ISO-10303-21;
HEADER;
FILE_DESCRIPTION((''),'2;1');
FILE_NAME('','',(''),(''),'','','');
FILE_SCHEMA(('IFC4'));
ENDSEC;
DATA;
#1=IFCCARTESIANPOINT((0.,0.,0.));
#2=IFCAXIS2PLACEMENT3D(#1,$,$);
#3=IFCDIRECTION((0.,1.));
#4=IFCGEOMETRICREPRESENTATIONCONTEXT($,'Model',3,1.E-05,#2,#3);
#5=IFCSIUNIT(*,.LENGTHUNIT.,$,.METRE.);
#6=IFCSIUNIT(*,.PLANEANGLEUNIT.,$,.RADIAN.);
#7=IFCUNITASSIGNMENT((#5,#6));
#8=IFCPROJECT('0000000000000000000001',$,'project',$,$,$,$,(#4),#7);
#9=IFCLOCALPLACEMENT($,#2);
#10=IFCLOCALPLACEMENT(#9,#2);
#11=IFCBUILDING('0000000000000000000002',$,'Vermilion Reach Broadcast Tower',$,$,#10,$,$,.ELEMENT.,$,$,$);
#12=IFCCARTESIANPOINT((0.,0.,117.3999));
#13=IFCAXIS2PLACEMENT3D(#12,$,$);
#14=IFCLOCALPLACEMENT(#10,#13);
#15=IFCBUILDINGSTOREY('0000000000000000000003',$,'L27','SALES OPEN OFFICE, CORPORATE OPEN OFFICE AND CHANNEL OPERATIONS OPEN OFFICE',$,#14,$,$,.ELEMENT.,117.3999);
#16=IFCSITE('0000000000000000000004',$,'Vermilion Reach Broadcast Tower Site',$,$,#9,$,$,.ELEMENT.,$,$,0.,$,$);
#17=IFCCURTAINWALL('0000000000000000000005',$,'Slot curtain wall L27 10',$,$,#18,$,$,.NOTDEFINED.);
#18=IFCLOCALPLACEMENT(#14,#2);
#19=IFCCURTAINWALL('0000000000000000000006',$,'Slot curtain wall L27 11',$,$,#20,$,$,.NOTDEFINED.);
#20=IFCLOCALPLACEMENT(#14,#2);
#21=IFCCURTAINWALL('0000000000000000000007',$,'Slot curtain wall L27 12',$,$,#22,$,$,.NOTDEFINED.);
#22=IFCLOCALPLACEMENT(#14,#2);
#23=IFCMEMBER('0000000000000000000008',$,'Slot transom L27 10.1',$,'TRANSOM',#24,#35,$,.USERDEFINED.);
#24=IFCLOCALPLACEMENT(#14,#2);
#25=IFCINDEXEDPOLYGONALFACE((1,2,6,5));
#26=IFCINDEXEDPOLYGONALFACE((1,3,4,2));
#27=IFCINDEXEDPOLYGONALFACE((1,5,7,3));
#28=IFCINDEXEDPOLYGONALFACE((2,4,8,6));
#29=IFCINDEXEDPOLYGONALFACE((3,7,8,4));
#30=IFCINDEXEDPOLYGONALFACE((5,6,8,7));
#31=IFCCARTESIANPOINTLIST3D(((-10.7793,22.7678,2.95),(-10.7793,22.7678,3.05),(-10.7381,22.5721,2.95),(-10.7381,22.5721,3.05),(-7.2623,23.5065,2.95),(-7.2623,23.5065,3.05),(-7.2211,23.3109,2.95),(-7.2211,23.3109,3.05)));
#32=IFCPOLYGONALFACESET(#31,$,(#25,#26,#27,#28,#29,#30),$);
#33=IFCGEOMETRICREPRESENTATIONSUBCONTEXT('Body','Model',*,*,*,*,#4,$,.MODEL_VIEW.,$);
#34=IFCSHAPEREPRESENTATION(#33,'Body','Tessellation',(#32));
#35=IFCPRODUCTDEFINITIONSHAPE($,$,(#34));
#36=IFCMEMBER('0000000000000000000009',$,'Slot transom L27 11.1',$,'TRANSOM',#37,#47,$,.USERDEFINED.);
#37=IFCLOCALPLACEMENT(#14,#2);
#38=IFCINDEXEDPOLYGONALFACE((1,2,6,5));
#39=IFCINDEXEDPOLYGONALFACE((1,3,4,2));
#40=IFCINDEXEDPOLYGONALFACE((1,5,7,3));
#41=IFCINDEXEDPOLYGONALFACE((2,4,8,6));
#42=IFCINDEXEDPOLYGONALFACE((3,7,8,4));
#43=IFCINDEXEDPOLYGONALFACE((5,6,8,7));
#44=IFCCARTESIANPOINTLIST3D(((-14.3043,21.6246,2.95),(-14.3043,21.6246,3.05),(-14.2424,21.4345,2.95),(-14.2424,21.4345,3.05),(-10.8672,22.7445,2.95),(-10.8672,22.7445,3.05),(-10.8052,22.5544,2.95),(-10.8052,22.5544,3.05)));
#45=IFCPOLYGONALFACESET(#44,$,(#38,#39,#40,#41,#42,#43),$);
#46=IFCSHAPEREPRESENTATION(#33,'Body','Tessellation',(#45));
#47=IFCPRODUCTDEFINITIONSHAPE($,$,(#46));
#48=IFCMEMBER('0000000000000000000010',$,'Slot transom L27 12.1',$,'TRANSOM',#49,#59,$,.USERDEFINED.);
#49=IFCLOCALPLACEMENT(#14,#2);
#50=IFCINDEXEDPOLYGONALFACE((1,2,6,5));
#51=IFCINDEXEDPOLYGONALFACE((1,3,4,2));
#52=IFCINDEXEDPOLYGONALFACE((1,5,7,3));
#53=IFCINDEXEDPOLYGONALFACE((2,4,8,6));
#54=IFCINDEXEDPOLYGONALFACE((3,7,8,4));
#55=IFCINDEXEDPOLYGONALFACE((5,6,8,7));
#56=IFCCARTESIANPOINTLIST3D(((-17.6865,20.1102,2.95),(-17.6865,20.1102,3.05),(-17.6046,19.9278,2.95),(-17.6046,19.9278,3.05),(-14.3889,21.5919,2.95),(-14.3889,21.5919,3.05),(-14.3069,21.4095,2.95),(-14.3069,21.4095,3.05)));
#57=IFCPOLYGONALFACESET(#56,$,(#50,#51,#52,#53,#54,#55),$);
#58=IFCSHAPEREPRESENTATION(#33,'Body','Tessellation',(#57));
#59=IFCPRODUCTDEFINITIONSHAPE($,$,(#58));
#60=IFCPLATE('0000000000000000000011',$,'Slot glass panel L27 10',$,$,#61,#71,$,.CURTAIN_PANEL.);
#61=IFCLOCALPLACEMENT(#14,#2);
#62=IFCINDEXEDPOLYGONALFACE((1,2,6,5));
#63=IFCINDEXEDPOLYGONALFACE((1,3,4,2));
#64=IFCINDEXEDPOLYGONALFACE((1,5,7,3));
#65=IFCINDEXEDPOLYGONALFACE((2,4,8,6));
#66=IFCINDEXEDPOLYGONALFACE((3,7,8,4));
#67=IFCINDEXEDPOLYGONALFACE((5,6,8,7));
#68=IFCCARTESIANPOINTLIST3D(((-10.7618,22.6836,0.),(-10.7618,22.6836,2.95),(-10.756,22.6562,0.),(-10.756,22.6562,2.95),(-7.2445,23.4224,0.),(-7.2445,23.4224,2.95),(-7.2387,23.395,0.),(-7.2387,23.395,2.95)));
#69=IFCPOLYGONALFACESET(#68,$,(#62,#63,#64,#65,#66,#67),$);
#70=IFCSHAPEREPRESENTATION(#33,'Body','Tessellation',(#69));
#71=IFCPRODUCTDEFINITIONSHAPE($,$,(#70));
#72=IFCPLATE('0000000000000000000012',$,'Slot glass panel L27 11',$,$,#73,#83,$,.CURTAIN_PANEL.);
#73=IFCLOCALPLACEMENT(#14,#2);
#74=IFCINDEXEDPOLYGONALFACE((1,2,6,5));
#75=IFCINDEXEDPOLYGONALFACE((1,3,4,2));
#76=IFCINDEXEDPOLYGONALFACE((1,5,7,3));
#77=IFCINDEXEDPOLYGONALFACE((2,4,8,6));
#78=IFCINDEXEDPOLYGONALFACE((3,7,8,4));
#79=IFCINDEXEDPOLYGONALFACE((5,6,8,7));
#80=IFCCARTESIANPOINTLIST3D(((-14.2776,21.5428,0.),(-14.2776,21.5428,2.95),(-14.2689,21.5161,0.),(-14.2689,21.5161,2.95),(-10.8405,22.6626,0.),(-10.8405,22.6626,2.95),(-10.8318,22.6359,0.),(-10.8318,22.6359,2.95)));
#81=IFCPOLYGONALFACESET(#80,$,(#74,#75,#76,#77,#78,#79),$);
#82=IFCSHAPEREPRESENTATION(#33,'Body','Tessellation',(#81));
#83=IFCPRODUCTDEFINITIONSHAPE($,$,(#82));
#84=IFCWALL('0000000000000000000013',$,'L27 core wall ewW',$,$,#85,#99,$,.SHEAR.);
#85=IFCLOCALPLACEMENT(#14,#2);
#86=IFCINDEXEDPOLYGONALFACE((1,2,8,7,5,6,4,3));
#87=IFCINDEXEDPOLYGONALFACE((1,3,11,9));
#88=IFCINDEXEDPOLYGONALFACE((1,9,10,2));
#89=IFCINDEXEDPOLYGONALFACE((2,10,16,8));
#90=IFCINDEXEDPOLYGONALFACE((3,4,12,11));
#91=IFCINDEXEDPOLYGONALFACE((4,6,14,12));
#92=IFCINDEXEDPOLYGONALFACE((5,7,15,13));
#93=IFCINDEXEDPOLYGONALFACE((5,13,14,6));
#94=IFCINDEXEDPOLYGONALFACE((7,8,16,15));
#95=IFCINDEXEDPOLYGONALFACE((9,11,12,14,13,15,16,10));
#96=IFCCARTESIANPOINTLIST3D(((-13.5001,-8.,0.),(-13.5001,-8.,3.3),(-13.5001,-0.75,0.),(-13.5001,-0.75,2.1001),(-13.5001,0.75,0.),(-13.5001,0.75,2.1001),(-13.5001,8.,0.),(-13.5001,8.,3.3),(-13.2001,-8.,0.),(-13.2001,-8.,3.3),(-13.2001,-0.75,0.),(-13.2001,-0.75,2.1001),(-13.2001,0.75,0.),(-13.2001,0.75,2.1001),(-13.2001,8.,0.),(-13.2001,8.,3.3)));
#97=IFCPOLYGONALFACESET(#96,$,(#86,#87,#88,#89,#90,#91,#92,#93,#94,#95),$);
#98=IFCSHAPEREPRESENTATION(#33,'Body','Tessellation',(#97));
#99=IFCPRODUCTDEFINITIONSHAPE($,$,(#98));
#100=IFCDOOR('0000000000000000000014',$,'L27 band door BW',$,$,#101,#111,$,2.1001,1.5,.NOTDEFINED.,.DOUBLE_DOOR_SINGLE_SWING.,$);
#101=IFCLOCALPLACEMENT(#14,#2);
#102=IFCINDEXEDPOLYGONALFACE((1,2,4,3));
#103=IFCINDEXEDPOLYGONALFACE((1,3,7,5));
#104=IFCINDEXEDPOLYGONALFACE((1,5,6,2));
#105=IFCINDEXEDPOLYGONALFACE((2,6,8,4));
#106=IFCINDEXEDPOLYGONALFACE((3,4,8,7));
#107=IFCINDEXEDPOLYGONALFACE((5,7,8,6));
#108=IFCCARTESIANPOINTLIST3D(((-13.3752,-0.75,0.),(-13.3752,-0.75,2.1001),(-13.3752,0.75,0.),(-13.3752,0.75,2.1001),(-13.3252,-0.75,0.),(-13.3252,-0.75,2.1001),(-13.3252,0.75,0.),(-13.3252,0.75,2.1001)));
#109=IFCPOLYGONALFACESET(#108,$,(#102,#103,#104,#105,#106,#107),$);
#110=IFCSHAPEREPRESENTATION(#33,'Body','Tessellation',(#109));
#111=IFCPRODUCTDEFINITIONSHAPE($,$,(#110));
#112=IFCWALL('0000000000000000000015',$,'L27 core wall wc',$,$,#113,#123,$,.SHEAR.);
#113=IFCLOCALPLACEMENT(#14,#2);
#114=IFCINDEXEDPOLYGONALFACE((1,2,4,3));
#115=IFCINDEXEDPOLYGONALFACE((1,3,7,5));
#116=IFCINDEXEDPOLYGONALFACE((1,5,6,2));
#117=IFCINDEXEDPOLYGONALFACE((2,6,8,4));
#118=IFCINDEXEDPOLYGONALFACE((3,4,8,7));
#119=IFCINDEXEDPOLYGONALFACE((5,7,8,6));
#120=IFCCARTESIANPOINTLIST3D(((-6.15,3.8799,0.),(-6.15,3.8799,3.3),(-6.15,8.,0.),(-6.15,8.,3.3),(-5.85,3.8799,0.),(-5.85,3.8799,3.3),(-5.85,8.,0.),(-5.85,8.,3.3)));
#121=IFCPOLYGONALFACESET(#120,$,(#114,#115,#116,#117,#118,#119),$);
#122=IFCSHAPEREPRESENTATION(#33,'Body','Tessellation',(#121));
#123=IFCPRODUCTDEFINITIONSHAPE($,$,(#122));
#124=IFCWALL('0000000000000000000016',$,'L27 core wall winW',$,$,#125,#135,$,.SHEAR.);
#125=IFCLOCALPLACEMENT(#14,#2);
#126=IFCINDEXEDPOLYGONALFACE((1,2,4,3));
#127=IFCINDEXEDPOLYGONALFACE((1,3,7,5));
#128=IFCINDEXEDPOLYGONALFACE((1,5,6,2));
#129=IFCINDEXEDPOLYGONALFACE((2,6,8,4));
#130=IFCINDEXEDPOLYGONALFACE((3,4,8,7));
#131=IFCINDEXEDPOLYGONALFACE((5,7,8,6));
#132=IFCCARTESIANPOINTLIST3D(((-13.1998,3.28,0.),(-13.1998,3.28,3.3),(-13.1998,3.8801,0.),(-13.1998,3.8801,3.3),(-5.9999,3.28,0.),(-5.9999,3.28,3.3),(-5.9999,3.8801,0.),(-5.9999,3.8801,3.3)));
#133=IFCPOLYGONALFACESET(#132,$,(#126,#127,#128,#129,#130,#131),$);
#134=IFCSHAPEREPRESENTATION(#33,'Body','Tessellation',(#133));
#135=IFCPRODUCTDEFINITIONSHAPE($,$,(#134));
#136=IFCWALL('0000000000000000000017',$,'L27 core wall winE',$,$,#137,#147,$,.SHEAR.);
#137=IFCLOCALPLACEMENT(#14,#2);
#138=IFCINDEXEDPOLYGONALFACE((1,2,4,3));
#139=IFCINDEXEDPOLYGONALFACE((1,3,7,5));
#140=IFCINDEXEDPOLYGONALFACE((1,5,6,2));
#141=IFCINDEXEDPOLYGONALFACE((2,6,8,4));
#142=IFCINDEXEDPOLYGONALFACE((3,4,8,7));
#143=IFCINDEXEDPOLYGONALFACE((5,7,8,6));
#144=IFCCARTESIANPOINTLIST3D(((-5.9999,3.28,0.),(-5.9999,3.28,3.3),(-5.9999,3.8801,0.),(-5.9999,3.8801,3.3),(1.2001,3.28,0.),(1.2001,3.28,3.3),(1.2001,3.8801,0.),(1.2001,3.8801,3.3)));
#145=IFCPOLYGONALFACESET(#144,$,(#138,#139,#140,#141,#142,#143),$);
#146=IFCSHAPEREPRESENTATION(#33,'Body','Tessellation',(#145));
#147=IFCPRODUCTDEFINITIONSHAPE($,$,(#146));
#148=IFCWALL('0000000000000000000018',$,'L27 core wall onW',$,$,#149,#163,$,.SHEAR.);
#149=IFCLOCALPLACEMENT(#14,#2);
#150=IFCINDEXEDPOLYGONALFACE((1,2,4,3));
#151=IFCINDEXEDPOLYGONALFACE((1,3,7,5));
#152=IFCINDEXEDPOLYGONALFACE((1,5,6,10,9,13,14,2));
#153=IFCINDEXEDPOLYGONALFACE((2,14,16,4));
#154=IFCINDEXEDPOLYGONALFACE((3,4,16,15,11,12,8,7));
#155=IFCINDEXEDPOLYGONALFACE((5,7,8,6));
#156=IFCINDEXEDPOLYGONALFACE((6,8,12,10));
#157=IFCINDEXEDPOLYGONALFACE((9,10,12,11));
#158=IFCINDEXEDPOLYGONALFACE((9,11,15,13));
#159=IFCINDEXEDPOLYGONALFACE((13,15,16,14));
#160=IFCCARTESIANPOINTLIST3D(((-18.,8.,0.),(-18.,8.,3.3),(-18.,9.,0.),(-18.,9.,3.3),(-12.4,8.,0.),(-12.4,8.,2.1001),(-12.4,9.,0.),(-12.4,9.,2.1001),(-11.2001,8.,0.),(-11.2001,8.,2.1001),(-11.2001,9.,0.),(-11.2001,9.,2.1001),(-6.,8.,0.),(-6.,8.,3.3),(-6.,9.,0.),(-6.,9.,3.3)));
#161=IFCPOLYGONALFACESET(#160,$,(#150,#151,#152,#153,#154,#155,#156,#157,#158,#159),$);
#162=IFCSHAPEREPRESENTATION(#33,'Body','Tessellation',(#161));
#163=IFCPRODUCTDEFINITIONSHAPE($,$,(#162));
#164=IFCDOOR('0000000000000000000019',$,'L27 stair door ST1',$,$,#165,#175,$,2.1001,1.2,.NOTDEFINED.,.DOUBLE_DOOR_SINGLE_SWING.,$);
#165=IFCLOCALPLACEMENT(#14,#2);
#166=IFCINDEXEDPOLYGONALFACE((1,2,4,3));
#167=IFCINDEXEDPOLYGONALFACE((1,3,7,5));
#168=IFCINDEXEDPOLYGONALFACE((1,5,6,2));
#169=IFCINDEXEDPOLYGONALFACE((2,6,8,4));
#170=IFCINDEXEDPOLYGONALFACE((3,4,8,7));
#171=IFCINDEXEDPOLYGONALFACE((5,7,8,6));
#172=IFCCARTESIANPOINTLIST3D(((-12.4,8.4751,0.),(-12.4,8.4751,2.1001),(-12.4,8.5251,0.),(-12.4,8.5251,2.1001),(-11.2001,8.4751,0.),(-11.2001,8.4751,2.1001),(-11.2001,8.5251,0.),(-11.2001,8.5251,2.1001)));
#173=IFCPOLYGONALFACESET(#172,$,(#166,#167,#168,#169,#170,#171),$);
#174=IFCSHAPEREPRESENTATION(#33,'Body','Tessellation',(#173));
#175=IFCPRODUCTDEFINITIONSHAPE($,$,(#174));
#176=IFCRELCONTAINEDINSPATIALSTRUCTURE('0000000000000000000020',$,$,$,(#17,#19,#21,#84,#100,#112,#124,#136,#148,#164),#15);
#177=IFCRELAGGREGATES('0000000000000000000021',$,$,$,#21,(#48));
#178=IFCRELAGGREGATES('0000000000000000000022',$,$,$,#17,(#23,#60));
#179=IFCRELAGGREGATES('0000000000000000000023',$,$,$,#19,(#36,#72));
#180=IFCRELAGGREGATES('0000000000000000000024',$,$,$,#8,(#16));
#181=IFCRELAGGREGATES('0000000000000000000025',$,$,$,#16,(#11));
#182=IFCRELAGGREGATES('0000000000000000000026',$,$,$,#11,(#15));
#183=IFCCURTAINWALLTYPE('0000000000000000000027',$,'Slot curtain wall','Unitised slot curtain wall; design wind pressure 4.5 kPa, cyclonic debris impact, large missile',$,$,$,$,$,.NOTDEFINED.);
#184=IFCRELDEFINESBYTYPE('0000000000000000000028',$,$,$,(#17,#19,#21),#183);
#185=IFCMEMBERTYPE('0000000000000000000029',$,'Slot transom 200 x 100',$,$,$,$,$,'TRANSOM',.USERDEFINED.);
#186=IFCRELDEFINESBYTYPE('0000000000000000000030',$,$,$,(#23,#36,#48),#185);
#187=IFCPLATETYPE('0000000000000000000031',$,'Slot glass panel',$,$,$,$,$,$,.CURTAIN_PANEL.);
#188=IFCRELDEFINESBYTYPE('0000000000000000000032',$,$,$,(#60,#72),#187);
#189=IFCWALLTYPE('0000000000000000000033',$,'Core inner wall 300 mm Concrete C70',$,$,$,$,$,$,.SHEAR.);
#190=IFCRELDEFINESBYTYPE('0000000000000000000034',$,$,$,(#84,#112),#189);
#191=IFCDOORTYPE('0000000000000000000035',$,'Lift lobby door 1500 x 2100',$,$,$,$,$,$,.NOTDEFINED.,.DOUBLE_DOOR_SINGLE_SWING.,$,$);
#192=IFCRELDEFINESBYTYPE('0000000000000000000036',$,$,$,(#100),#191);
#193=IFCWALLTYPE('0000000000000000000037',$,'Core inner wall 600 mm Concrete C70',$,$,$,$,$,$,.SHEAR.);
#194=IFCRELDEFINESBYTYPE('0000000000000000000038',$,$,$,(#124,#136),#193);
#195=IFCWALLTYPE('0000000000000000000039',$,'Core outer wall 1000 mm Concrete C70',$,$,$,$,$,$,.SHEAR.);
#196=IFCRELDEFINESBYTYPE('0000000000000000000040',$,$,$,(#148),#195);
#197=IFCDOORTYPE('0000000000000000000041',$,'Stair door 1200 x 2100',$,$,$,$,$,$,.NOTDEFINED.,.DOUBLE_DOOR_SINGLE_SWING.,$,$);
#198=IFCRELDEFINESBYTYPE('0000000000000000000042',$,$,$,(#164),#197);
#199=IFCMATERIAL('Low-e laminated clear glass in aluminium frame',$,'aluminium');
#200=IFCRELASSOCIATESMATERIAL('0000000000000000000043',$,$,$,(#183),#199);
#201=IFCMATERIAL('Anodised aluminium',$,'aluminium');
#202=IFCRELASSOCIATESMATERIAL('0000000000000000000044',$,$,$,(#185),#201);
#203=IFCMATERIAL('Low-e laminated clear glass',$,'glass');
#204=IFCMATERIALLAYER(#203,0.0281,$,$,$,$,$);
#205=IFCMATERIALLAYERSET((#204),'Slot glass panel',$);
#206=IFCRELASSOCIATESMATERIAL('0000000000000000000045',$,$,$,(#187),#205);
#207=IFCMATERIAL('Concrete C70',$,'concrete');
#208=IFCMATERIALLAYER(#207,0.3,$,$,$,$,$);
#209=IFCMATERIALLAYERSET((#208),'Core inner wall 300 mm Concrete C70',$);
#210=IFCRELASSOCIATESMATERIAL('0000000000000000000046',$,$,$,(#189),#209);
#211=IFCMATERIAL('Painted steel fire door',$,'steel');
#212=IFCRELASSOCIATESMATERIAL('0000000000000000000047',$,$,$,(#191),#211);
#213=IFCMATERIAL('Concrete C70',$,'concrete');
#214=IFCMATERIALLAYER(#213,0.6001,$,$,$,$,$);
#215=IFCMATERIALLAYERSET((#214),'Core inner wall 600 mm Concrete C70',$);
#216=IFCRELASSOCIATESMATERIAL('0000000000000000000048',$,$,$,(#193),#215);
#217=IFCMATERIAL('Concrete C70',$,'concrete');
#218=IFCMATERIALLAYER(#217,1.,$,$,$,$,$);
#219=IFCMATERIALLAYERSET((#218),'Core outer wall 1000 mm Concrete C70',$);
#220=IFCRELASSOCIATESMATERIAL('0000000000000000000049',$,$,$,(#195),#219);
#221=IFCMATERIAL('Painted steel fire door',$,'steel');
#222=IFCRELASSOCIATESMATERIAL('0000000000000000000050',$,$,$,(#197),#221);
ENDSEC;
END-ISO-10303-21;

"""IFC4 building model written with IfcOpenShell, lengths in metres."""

from ifc_helpers import new_model, si_unit, direction, frame, frame_2d, origin, origin_2d, place, context, subcontext, project, spatial, rectangle, extrude, material, layer, layer_set, material_profile, profile_set, type_object, element, fill, aggregate, save


model = new_model("IFC4")

# Units and contexts
model_context = context("Model", 3, precision=1e-05, world=origin(), true_north=direction((0.0, 1.0)))
body_context = subcontext(model_context, "Body", "Model", "MODEL_VIEW")
ifc_project = project(units=[si_unit("LENGTHUNIT", "METRE"), si_unit("PLANEANGLEUNIT", "RADIAN")], contexts=[model_context])

# Site, building, storey
site_placement = place(None, origin())
site = spatial("IfcSite", under=ifc_project, at=site_placement, Name="Vermilion Reach Broadcast Tower Site", CompositionType="ELEMENT", RefElevation=0.0)
building_placement = place(site_placement, origin())
building = spatial("IfcBuilding", under=site, at=building_placement, Name="Vermilion Reach Broadcast Tower", CompositionType="ELEMENT")
storey_placement = place(building_placement, frame((0.0, 0.0, 117.3999)))
storey = spatial("IfcBuildingStorey", under=building, at=storey_placement, Name="L27", Description="SALES OPEN OFFICE, CORPORATE OPEN OFFICE AND CHANNEL OPERATIONS OPEN OFFICE", CompositionType="ELEMENT", Elevation=117.3999)

# Curtain walls
ifc_material_1 = material(Name="Low-e laminated clear glass in aluminium frame", Category="aluminium")
curtain_wall_type = type_object("IfcCurtainWallType", Name="Slot curtain wall", Description="Unitised slot curtain wall; design wind pressure 4.5 kPa, cyclonic debris impact, large missile", PredefinedType="NOTDEFINED", material=ifc_material_1)
placement = place(storey_placement, origin())
curtain_wall_1 = element("IfcCurtainWall", 1, at=placement, inside=storey, type_object=curtain_wall_type, Name="Slot curtain wall L27 10", PredefinedType="NOTDEFINED")
curtain_wall_2 = element("IfcCurtainWall", 2, at=placement, inside=storey, type_object=curtain_wall_type, Name="Slot curtain wall L27 11", PredefinedType="NOTDEFINED")
curtain_wall_3 = element("IfcCurtainWall", 3, at=placement, inside=storey, type_object=curtain_wall_type, Name="Slot curtain wall L27 12", PredefinedType="NOTDEFINED")

# Members
ifc_material_2 = material(Name="Anodised aluminium", Category="aluminium")
ifc_material_profile_1 = material_profile(ifc_material_2, rectangle(XDim=0.2, YDim=0.1001, at=origin_2d()), Name="Slot transom 200 x 100")
ifc_profile_set_1 = profile_set([ifc_material_profile_1], Name="Anodised aluminium")
member_type_1 = type_object("IfcMemberType", Name="Slot transom 200 x 100", ElementType="TRANSOM", PredefinedType="USERDEFINED", material=ifc_profile_set_1)
member_1_placement = place(storey_placement, frame((-7.2417, 23.4087, 3.0), z_axis=(-0.978643, -0.205565, 0.0), x_axis=(0.205565, -0.978643, 0.0)))
member_1 = element("IfcMember", 4, at=member_1_placement, type_object=member_type_1, Name="Slot transom L27 10.1", ObjectType="TRANSOM", PredefinedType="USERDEFINED", context=body_context, shape_type="SweptSolid", body=[
    extrude(rectangle(XDim=0.2, YDim=0.1001, at=origin_2d()), origin(), (0.0, 0.0, 1.0), 3.5938),
])
member_2_placement = place(storey_placement, frame((-10.8362, 22.6494, 3.0), z_axis=(-0.950809, -0.309778, 0.0), x_axis=(0.309778, -0.950809, 0.0)))
member_2 = element("IfcMember", 5, at=member_2_placement, type_object=member_type_1, Name="Slot transom L27 11.1", ObjectType="TRANSOM", PredefinedType="USERDEFINED", context=body_context, shape_type="SweptSolid", body=[
    extrude(rectangle(XDim=0.2, YDim=0.1001, at=origin_2d()), origin(), (0.0, 0.0, 1.0), 3.615),
])
member_3_placement = place(storey_placement, frame((-14.3479, 21.5007, 3.0), z_axis=(-0.912153, -0.409851, 0.0), x_axis=(0.409851, -0.912153, 0.0)))
member_3 = element("IfcMember", 6, at=member_3_placement, type_object=member_type_1, Name="Slot transom L27 12.1", ObjectType="TRANSOM", PredefinedType="USERDEFINED", context=body_context, shape_type="SweptSolid", body=[
    extrude(rectangle(XDim=0.2, YDim=0.1001, at=origin_2d()), origin(), (0.0, 0.0, 1.0), 3.6152),
])
aggregate(curtain_wall_3, [member_3])

# Plates
ifc_material_3 = material(Name="Low-e laminated clear glass", Category="glass")
ifc_layer_1 = layer(ifc_material_3, 0.0281)
ifc_layer_set_1 = layer_set([ifc_layer_1], Name="Slot glass panel")
plate_type = type_object("IfcPlateType", Name="Slot glass panel", PredefinedType="CURTAIN_PANEL", material=ifc_layer_set_1)
plate_1_placement = place(storey_placement, frame((-9.0002, 23.0393, 0.0), z_axis=(0.0, 0.0, 1.0), x_axis=(-0.978644, -0.205563, 0.0)))
plate_1 = element("IfcPlate", 7, at=plate_1_placement, type_object=plate_type, Name="Slot glass panel L27 10", PredefinedType="CURTAIN_PANEL", context=body_context, shape_type="SweptSolid", body=[
    extrude(rectangle(XDim=3.594, YDim=0.0281, at=origin_2d()), origin(), (0.0, 0.0, 1.0), 2.95),
])
aggregate(curtain_wall_1, [member_1, plate_1])
plate_2_placement = place(storey_placement, frame((-12.5547, 22.0894, 0.0), z_axis=(0.0, 0.0, 1.0), x_axis=(-0.95081, -0.309775, 0.0)))
plate_2 = element("IfcPlate", 8, at=plate_2_placement, type_object=plate_type, Name="Slot glass panel L27 11", PredefinedType="CURTAIN_PANEL", context=body_context, shape_type="SweptSolid", body=[
    extrude(rectangle(XDim=3.615, YDim=0.0281, at=origin_2d()), origin(), (0.0, 0.0, 1.0), 2.95),
])
aggregate(curtain_wall_2, [member_2, plate_2])

# Wall, opening, door
ifc_material_4 = material(Name="Concrete C70", Category="concrete")
ifc_layer_2 = layer(ifc_material_4, 0.3)
ifc_layer_set_2 = layer_set([ifc_layer_2], Name="Core inner wall 300 mm Concrete C70")
wall_type_1 = type_object("IfcWallType", Name="Core inner wall 300 mm Concrete C70", PredefinedType="SHEAR", material=ifc_layer_set_2)
wall_1_placement = place(storey_placement, frame((-13.3501, 8.0, 0.0), z_axis=(0.0, 0.0, 1.0), x_axis=(0.0, -1.0, 0.0)))
wall_1 = element("IfcWall", 9, at=wall_1_placement, inside=storey, type_object=wall_type_1, Name="L27 core wall ewW", PredefinedType="SHEAR", context=body_context, shape_type="SweptSolid", body=[
    extrude(rectangle(XDim=16.0, YDim=0.3, at=frame_2d((8.0, 0.0))), origin(), (0.0, 0.0, 1.0), 3.3),
])
opening_1_placement = place(wall_1_placement, frame((7.25, 0.0, 0.0)))
opening_1 = element("IfcOpeningElement", 10, at=opening_1_placement, cuts=wall_1, PredefinedType="OPENING", context=body_context, shape_type="SweptSolid", body=[
    extrude(rectangle(XDim=1.5, YDim=2.1001, at=frame_2d((0.75, 1.05))), frame((0.0, 0.1599, 0.0), z_axis=(0.0, -1.0, 0.0), x_axis=(1.0, 0.0, 0.0)), (0.0, 0.0, 1.0), 0.3201),
])
ifc_material_5 = material(Name="Painted steel fire door", Category="steel")
door_type_1 = type_object("IfcDoorType", Name="Lift lobby door 1500 x 2100", OperationType="DOUBLE_DOOR_SINGLE_SWING", PredefinedType="NOTDEFINED", material=ifc_material_5)
door_1_placement = place(opening_1_placement, origin())
door_1 = element("IfcDoor", 11, at=door_1_placement, inside=storey, type_object=door_type_1, Name="L27 band door BW", OperationType="DOUBLE_DOOR_SINGLE_SWING", OverallHeight=2.1001, OverallWidth=1.5, PredefinedType="NOTDEFINED", context=body_context, shape_type="SweptSolid", body=[
    extrude(rectangle(XDim=1.5, YDim=2.1001, at=frame_2d((0.75, 1.05))), frame((0.0, 0.0249, 0.0), z_axis=(0.0, -1.0, 0.0), x_axis=(1.0, 0.0, 0.0)), (0.0, 0.0, 1.0), 0.05),
])
fill(opening_1, door_1)

# Walls
wall_2_placement = place(storey_placement, frame((-6.0, 3.8799, 0.0), z_axis=(0.0, 0.0, 1.0), x_axis=(0.0, 1.0, 0.0)))
element("IfcWall", 12, at=wall_2_placement, inside=storey, type_object=wall_type_1, Name="L27 core wall wc", PredefinedType="SHEAR", context=body_context, shape_type="SweptSolid", body=[
    extrude(rectangle(XDim=4.1201, YDim=0.3, at=frame_2d((2.0601, 0.0))), origin(), (0.0, 0.0, 1.0), 3.3),
])
ifc_material_6 = material(Name="Concrete C70", Category="concrete")
ifc_layer_3 = layer(ifc_material_6, 0.6001)
ifc_layer_set_3 = layer_set([ifc_layer_3], Name="Core inner wall 600 mm Concrete C70")
wall_type_2 = type_object("IfcWallType", Name="Core inner wall 600 mm Concrete C70", PredefinedType="SHEAR", material=ifc_layer_set_3)
for number, where, z_axis, x_axis, name in (
    (13, (-13.2, 3.5801, 0.0), (0.0, 0.0, 1.0), (1.0, 0.0, 0.0), "L27 core wall winW"),
    (14, (-6.0, 3.5801, 0.0), (0.0, 0.0, 1.0), (1.0, 0.0, 0.0), "L27 core wall winE"),
):
    element("IfcWall", number, at=place(storey_placement, frame(where, z_axis=z_axis, x_axis=x_axis)), inside=storey, type_object=wall_type_2, Name=name, PredefinedType="SHEAR", context=body_context, shape_type="SweptSolid", body=[
        extrude(rectangle(XDim=7.2, YDim=0.6001, at=frame_2d((3.6001, 0.0))), origin(), (0.0, 0.0, 1.0), 3.3),
    ])

# Wall, opening, door
ifc_material_7 = material(Name="Concrete C70", Category="concrete")
ifc_layer_4 = layer(ifc_material_7, 1.0)
ifc_layer_set_4 = layer_set([ifc_layer_4], Name="Core outer wall 1000 mm Concrete C70")
wall_type_3 = type_object("IfcWallType", Name="Core outer wall 1000 mm Concrete C70", PredefinedType="SHEAR", material=ifc_layer_set_4)
wall_3_placement = place(storey_placement, frame((-6.0, 8.5, 0.0), z_axis=(0.0, 0.0, 1.0), x_axis=(-1.0, 0.0, 0.0)))
wall_3 = element("IfcWall", 15, at=wall_3_placement, inside=storey, type_object=wall_type_3, Name="L27 core wall onW", PredefinedType="SHEAR", context=body_context, shape_type="SweptSolid", body=[
    extrude(rectangle(XDim=12.0, YDim=1.0, at=frame_2d((6.0, 0.0))), origin(), (0.0, 0.0, 1.0), 3.3),
])
opening_2_placement = place(wall_3_placement, frame((5.2, 0.0, 0.0)))
opening_2 = element("IfcOpeningElement", 16, at=opening_2_placement, cuts=wall_3, PredefinedType="OPENING", context=body_context, shape_type="SweptSolid", body=[
    extrude(rectangle(XDim=1.2, YDim=2.1001, at=frame_2d((0.6001, 1.05))), frame((0.0, 0.51, 0.0), z_axis=(0.0, -1.0, 0.0), x_axis=(1.0, 0.0, 0.0)), (0.0, 0.0, 1.0), 1.02),
])
ifc_material_8 = material(Name="Painted steel fire door", Category="steel")
door_type_2 = type_object("IfcDoorType", Name="Stair door 1200 x 2100", OperationType="DOUBLE_DOOR_SINGLE_SWING", PredefinedType="NOTDEFINED", material=ifc_material_8)
door_2_placement = place(opening_2_placement, origin())
door_2 = element("IfcDoor", 17, at=door_2_placement, inside=storey, type_object=door_type_2, Name="L27 stair door ST1", OperationType="DOUBLE_DOOR_SINGLE_SWING", OverallHeight=2.1001, OverallWidth=1.2, PredefinedType="NOTDEFINED", context=body_context, shape_type="SweptSolid", body=[
    extrude(rectangle(XDim=1.2, YDim=2.1001, at=frame_2d((0.6001, 1.05))), frame((0.0, 0.0249, 0.0), z_axis=(0.0, -1.0, 0.0), x_axis=(1.0, 0.0, 0.0)), (0.0, 0.0, 1.0), 0.05),
])
fill(opening_2, door_2)

save(model, "model.ifc")
